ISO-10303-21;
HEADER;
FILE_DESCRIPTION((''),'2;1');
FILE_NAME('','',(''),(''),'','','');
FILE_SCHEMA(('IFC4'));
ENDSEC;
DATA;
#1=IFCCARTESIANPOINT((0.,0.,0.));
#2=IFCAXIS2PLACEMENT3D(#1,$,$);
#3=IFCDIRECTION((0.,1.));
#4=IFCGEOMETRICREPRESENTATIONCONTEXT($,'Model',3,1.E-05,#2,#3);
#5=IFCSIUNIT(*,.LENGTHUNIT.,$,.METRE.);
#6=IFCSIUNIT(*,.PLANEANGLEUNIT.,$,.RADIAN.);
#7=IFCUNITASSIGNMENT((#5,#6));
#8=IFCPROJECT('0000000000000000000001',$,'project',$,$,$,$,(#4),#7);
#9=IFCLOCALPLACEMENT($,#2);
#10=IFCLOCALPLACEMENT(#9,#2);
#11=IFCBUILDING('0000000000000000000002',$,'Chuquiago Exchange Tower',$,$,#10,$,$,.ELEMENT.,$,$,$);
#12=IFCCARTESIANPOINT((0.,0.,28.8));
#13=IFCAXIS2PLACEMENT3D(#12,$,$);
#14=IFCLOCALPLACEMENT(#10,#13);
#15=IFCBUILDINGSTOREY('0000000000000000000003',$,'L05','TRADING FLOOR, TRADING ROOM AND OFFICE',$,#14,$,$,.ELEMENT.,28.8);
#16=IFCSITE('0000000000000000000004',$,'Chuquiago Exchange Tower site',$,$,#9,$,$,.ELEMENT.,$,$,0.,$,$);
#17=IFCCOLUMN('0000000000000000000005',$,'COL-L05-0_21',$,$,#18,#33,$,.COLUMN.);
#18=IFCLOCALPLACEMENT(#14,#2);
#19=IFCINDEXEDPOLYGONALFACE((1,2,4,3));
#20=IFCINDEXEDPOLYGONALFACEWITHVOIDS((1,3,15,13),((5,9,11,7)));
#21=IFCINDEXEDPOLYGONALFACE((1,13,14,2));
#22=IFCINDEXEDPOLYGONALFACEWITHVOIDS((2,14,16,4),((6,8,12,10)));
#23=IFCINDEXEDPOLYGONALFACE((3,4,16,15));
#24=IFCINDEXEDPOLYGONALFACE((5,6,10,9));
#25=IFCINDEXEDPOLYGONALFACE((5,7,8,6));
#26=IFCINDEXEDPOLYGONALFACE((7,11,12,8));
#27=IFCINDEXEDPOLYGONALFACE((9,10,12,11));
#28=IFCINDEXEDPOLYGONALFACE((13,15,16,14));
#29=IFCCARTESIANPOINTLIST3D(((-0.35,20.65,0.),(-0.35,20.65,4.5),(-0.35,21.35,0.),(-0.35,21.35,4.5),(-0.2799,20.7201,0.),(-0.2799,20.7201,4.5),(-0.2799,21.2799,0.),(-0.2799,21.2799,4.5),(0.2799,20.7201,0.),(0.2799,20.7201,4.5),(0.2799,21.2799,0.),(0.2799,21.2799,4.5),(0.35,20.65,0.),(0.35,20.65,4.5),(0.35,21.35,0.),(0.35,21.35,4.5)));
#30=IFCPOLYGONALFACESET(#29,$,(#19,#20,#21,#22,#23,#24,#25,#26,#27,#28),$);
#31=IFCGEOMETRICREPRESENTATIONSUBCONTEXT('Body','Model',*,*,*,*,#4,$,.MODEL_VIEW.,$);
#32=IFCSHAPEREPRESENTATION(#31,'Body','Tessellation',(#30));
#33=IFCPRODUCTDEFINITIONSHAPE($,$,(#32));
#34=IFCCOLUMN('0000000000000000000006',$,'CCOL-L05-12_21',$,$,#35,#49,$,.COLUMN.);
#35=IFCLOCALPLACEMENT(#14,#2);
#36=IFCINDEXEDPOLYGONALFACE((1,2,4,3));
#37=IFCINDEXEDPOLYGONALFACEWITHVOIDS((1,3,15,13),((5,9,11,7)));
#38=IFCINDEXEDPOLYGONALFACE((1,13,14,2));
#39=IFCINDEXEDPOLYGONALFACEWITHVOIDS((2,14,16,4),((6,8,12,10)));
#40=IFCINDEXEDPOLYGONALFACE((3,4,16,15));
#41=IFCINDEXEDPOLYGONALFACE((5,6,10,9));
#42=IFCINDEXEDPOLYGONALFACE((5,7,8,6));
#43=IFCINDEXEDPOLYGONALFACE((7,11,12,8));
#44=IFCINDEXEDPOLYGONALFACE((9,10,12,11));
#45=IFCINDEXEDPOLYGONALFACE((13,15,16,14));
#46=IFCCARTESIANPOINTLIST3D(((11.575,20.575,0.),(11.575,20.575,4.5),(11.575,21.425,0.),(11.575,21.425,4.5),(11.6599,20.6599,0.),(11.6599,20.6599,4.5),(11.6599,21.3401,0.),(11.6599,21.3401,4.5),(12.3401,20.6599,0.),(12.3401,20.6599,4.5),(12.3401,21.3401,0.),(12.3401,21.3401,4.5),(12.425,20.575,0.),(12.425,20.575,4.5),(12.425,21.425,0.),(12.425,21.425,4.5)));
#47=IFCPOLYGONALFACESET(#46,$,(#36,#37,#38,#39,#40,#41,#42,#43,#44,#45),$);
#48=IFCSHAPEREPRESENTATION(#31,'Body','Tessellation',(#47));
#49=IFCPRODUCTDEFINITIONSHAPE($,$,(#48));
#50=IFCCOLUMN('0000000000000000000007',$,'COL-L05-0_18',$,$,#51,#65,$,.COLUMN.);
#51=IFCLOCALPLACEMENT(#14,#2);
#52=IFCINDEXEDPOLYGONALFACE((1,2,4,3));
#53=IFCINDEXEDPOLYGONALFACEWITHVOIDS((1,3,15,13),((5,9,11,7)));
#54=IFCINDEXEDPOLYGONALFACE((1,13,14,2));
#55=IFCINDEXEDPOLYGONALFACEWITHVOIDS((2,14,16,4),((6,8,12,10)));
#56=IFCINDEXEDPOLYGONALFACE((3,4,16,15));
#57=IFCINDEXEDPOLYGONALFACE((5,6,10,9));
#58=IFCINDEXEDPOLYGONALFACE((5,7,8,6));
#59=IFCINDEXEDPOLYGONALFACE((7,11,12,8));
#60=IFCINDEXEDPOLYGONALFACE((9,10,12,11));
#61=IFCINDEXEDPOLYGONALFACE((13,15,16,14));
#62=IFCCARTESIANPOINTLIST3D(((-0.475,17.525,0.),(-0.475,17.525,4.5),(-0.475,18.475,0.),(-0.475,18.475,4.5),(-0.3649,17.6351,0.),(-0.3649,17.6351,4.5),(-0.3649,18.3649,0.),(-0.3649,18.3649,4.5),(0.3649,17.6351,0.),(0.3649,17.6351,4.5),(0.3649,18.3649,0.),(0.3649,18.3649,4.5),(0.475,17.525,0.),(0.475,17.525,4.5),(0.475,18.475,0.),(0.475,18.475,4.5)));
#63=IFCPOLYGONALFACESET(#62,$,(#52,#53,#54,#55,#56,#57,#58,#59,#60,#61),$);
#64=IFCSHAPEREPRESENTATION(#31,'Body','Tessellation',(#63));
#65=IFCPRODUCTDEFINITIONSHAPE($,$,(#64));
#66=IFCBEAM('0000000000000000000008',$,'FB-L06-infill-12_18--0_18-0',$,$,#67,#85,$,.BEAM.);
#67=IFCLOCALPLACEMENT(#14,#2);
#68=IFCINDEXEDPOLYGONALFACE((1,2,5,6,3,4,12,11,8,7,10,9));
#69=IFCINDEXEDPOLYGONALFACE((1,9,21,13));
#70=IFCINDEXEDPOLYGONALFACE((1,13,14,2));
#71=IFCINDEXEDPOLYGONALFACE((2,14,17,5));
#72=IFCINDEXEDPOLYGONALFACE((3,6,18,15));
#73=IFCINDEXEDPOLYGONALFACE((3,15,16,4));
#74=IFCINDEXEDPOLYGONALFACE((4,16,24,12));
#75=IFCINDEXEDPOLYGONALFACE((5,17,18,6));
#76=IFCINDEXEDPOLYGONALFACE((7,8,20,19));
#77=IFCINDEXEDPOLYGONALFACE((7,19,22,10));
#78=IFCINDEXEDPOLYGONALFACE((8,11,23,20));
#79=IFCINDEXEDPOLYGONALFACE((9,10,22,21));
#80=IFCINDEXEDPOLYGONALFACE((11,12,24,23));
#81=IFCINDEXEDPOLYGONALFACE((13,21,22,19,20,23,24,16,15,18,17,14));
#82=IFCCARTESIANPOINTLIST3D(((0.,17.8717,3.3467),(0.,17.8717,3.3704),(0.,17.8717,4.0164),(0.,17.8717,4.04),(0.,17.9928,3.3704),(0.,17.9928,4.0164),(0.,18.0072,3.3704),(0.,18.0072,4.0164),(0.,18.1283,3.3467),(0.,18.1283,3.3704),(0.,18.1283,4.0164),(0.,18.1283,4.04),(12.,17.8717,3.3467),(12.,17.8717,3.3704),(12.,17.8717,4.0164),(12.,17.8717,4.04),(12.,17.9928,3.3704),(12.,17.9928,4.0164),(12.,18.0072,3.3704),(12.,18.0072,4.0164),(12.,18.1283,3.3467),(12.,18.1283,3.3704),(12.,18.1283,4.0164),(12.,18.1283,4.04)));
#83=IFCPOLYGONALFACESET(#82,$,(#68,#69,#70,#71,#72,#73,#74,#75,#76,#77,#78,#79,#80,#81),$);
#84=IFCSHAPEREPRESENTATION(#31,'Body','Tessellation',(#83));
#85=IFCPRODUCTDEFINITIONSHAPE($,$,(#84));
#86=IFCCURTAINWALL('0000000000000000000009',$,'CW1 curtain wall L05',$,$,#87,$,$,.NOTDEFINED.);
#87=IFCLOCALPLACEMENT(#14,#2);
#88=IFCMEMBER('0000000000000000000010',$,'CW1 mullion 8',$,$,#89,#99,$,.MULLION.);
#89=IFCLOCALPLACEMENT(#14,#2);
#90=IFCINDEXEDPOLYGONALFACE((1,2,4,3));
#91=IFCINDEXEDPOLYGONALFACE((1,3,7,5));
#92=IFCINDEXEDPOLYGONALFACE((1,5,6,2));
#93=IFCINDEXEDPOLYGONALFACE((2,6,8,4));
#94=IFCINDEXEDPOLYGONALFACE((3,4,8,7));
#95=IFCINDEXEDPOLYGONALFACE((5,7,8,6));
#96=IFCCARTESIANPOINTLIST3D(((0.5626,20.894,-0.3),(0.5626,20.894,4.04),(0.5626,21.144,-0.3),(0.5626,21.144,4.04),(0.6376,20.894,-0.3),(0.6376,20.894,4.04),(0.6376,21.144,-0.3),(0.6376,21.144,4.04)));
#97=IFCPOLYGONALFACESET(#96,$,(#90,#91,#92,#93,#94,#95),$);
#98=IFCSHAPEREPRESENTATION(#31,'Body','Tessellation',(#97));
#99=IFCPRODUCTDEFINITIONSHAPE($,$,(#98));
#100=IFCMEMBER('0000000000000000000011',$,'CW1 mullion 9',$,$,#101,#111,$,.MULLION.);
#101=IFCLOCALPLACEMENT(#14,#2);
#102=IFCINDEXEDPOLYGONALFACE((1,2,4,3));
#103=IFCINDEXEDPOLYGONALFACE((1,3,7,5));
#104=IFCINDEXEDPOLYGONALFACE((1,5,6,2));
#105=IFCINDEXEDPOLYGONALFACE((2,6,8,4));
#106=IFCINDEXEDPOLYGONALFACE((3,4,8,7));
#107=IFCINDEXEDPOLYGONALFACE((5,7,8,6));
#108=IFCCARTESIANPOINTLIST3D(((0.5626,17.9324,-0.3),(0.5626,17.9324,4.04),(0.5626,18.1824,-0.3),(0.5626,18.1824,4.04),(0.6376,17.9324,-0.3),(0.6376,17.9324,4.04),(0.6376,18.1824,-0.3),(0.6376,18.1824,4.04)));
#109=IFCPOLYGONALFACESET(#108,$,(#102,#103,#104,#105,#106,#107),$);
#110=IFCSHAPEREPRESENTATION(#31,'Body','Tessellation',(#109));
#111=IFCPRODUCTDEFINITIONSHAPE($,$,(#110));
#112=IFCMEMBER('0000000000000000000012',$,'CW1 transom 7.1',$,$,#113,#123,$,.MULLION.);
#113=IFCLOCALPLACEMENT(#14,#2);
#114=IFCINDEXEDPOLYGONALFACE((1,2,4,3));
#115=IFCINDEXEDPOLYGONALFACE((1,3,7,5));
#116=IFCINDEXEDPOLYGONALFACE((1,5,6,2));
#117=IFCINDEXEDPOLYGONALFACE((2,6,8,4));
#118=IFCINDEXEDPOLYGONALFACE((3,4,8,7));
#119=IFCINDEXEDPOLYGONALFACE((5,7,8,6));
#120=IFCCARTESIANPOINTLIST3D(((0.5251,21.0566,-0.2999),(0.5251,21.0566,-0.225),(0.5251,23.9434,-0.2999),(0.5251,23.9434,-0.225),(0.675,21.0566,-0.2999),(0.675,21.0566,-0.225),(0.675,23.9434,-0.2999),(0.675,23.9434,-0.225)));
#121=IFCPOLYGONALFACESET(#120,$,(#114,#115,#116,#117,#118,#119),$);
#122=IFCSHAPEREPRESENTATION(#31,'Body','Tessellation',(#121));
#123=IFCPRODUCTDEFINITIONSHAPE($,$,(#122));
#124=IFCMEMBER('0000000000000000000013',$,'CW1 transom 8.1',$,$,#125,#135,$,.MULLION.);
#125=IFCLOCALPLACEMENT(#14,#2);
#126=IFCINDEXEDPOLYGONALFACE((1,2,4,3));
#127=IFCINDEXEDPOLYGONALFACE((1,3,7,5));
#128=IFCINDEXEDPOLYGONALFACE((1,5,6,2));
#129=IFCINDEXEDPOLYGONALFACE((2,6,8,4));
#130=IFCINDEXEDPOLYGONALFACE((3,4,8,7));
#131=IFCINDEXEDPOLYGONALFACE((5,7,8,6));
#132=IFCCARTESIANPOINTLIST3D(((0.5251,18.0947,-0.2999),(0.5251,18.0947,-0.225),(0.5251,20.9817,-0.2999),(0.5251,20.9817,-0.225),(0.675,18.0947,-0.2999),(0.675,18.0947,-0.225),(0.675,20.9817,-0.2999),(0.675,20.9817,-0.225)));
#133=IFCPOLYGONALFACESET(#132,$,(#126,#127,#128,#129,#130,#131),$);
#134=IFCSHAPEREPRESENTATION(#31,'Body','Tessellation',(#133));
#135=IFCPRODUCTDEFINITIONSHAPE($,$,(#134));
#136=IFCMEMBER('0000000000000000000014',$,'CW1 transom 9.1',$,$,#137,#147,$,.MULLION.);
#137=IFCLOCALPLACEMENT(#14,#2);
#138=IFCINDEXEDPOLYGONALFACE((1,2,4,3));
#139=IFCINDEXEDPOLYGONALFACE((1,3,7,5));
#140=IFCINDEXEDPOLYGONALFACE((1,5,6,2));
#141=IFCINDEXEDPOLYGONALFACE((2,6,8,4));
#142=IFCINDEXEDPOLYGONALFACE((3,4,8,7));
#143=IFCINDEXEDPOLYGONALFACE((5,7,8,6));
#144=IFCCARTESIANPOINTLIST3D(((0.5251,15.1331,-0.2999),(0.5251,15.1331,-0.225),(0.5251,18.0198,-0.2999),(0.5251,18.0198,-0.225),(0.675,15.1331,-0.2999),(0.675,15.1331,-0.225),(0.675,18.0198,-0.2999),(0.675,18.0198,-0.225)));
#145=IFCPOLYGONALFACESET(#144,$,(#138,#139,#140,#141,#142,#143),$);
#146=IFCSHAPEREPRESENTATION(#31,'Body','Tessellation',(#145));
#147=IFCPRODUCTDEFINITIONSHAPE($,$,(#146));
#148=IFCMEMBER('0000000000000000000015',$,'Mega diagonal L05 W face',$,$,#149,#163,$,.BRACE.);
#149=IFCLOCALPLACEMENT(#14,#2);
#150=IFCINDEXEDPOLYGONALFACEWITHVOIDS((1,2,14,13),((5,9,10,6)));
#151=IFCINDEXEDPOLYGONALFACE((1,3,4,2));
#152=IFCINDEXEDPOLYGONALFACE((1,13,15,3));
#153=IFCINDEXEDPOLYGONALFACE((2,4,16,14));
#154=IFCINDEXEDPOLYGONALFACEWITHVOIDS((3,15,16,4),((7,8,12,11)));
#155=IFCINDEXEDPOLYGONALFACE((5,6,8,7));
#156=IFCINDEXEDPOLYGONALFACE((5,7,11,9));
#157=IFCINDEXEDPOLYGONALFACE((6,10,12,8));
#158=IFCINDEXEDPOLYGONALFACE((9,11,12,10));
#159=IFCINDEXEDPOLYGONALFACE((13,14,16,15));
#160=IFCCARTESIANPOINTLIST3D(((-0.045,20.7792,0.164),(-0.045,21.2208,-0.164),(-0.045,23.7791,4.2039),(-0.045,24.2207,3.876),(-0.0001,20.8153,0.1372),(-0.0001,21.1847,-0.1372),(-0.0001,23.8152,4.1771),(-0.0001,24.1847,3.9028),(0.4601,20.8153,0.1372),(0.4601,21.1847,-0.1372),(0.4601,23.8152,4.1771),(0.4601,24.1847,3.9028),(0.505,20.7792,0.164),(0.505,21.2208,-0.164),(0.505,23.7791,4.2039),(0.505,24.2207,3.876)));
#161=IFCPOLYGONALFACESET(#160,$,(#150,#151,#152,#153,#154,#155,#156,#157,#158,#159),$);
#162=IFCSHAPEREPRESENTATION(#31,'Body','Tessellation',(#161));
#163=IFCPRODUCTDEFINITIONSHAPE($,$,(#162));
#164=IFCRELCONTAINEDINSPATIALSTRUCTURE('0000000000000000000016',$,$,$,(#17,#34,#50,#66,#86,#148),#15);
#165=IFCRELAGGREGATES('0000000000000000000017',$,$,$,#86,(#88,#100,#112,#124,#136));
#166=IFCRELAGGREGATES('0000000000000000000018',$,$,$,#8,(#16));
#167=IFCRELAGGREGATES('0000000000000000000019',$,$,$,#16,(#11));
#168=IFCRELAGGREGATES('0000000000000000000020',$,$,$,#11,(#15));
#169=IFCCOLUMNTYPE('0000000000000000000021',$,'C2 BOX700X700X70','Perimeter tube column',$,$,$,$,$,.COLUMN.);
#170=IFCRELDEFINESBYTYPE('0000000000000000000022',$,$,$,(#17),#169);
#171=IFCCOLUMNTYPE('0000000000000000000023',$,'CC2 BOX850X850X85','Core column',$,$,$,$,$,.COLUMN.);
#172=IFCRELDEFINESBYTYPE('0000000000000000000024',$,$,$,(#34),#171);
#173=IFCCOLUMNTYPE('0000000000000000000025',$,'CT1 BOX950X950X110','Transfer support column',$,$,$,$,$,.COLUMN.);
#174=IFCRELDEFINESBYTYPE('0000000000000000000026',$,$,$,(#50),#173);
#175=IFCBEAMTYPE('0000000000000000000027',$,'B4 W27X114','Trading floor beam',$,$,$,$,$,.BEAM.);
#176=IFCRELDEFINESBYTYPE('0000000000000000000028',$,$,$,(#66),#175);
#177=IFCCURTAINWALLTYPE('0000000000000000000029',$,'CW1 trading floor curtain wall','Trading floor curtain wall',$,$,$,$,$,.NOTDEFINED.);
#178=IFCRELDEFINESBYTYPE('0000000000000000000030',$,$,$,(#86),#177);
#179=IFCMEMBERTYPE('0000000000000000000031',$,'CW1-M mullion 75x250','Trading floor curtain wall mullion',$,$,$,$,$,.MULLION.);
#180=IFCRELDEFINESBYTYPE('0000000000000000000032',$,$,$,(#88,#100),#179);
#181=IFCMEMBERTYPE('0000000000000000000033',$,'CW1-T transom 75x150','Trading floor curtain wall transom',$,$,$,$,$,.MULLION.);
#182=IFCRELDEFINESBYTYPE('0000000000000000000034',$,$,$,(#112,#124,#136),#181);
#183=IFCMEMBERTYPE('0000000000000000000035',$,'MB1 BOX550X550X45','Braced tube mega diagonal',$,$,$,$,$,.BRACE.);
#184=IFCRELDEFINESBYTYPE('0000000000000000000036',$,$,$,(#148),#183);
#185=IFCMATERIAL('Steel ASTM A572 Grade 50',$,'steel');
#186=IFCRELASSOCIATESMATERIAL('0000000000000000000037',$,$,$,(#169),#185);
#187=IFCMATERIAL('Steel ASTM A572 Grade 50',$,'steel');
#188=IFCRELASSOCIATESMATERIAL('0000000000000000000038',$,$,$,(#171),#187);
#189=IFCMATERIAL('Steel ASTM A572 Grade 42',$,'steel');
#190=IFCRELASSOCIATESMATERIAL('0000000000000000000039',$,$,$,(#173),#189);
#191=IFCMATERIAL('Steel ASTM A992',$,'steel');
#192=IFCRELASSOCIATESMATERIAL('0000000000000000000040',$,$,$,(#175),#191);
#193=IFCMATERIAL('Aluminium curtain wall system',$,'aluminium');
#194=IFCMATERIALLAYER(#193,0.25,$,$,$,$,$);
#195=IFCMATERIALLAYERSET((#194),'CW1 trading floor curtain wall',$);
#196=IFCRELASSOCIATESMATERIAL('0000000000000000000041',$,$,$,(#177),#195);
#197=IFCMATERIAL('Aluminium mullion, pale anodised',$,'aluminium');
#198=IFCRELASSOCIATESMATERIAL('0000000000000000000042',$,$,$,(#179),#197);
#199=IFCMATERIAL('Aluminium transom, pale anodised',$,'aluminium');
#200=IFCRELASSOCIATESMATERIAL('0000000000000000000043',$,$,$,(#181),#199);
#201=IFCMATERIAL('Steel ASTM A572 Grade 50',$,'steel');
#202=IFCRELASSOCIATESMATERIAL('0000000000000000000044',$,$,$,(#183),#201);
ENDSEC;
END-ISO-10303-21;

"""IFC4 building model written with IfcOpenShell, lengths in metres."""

from ifc_helpers import new_model, si_unit, direction, frame, origin, origin_2d, place, context, subcontext, project, spatial, rectangle, hollow_rectangle, i_section, extrude, material, layer, layer_set, material_profile, profile_set, type_object, element, aggregate, save


model = new_model("IFC4")

# Units and contexts
model_context = context("Model", 3, precision=1e-05, world=origin(), true_north=direction((0.0, 1.0)))
body_context = subcontext(model_context, "Body", "Model", "MODEL_VIEW")
ifc_project = project(units=[si_unit("LENGTHUNIT", "METRE"), si_unit("PLANEANGLEUNIT", "RADIAN")], contexts=[model_context])

# Site, building, storey
site_placement = place(None, origin())
site = spatial("IfcSite", under=ifc_project, at=site_placement, Name="Chuquiago Exchange Tower site", CompositionType="ELEMENT", RefElevation=0.0)
building_placement = place(site_placement, origin())
building = spatial("IfcBuilding", under=site, at=building_placement, Name="Chuquiago Exchange Tower", CompositionType="ELEMENT")
storey_placement = place(building_placement, frame((0.0, 0.0, 28.8)))
storey = spatial("IfcBuildingStorey", under=building, at=storey_placement, Name="L05", Description="TRADING FLOOR, TRADING ROOM AND OFFICE", CompositionType="ELEMENT", Elevation=28.8)

# Columns
ifc_material_1 = material(Name="Steel ASTM A572 Grade 50", Category="steel")
ifc_material_profile_1 = material_profile(ifc_material_1, hollow_rectangle(XDim=0.7, YDim=0.7, WallThickness=0.0701, at=origin_2d()), Name="BOX700X700X70")
ifc_profile_set_1 = profile_set([ifc_material_profile_1], Name="Steel ASTM A572 Grade 50")
column_type_1 = type_object("IfcColumnType", Name="C2 BOX700X700X70", Description="Perimeter tube column", PredefinedType="COLUMN", material=ifc_profile_set_1)
column_1_placement = place(storey_placement, frame((0.0, 21.0, 0.0), z_axis=(0.0, 0.0, 1.0), x_axis=(-1.0, 0.0, 0.0)))
element("IfcColumn", 1, at=column_1_placement, inside=storey, type_object=column_type_1, Name="COL-L05-0_21", PredefinedType="COLUMN", context=body_context, shape_type="SweptSolid", body=[
    extrude(hollow_rectangle(XDim=0.7, YDim=0.7, WallThickness=0.0701, at=origin_2d()), origin(), (0.0, 0.0, 1.0), 4.5),
])
ifc_material_2 = material(Name="Steel ASTM A572 Grade 50", Category="steel")
ifc_material_profile_2 = material_profile(ifc_material_2, hollow_rectangle(XDim=0.8501, YDim=0.8501, WallThickness=0.085, at=origin_2d()), Name="BOX850X850X85")
ifc_profile_set_2 = profile_set([ifc_material_profile_2], Name="Steel ASTM A572 Grade 50")
column_type_2 = type_object("IfcColumnType", Name="CC2 BOX850X850X85", Description="Core column", PredefinedType="COLUMN", material=ifc_profile_set_2)
column_2_placement = place(storey_placement, frame((12.0, 21.0, 0.0), z_axis=(0.0, 0.0, 1.0), x_axis=(1.0, 0.0, 0.0)))
element("IfcColumn", 2, at=column_2_placement, inside=storey, type_object=column_type_2, Name="CCOL-L05-12_21", PredefinedType="COLUMN", context=body_context, shape_type="SweptSolid", body=[
    extrude(hollow_rectangle(XDim=0.8501, YDim=0.8501, WallThickness=0.085, at=origin_2d()), origin(), (0.0, 0.0, 1.0), 4.5),
])
ifc_material_3 = material(Name="Steel ASTM A572 Grade 42", Category="steel")
ifc_material_profile_3 = material_profile(ifc_material_3, hollow_rectangle(XDim=0.95, YDim=0.95, WallThickness=0.1101, at=origin_2d()), Name="BOX950X950X110")
ifc_profile_set_3 = profile_set([ifc_material_profile_3], Name="Steel ASTM A572 Grade 42")
column_type_3 = type_object("IfcColumnType", Name="CT1 BOX950X950X110", Description="Transfer support column", PredefinedType="COLUMN", material=ifc_profile_set_3)
column_3_placement = place(storey_placement, frame((0.0, 18.0, 0.0), z_axis=(0.0, 0.0, 1.0), x_axis=(-1.0, 0.0, 0.0)))
element("IfcColumn", 3, at=column_3_placement, inside=storey, type_object=column_type_3, Name="COL-L05-0_18", PredefinedType="COLUMN", context=body_context, shape_type="SweptSolid", body=[
    extrude(hollow_rectangle(XDim=0.95, YDim=0.95, WallThickness=0.1101, at=origin_2d()), origin(), (0.0, 0.0, 1.0), 4.5),
])

# Beam
ifc_material_4 = material(Name="Steel ASTM A992", Category="steel")
ifc_material_profile_4 = material_profile(ifc_material_4, i_section(OverallWidth=0.2566, OverallDepth=0.6934, WebThickness=0.0144, FlangeThickness=0.0237, at=origin_2d()), Name="W27X114")
ifc_profile_set_4 = profile_set([ifc_material_profile_4], Name="Steel ASTM A992")
beam_type_1 = type_object("IfcBeamType", Name="B4 W27X114", Description="Trading floor beam", PredefinedType="BEAM", material=ifc_profile_set_4)
beam_placement = place(storey_placement, frame((12.0, 18.0, 3.6934), z_axis=(-1.0, 0.0, 0.0), x_axis=(0.0, -1.0, 0.0)))
element("IfcBeam", 4, at=beam_placement, inside=storey, type_object=beam_type_1, Name="FB-L06-infill-12_18--0_18-0", PredefinedType="BEAM", context=body_context, shape_type="SweptSolid", body=[
    extrude(i_section(OverallWidth=0.2566, OverallDepth=0.6934, WebThickness=0.0144, FlangeThickness=0.0237, at=origin_2d()), origin(), (0.0, 0.0, 1.0), 12.0),
])

# Curtain wall, members
ifc_material_5 = material(Name="Aluminium curtain wall system", Category="aluminium")
ifc_layer_1 = layer(ifc_material_5, 0.25)
ifc_layer_set_1 = layer_set([ifc_layer_1], Name="CW1 trading floor curtain wall")
curtain_wall_type = type_object("IfcCurtainWallType", Name="CW1 trading floor curtain wall", Description="Trading floor curtain wall", PredefinedType="NOTDEFINED", material=ifc_layer_set_1)
curtain_wall_placement = place(storey_placement, origin())
curtain_wall = element("IfcCurtainWall", 5, at=curtain_wall_placement, inside=storey, type_object=curtain_wall_type, Name="CW1 curtain wall L05", PredefinedType="NOTDEFINED")
ifc_material_6 = material(Name="Aluminium mullion, pale anodised", Category="aluminium")
ifc_material_profile_5 = material_profile(ifc_material_6, rectangle(XDim=0.075, YDim=0.25, at=origin_2d()), Name="AL 75x250")
ifc_profile_set_5 = profile_set([ifc_material_profile_5], Name="Aluminium mullion, pale anodised")
member_type_1 = type_object("IfcMemberType", Name="CW1-M mullion 75x250", Description="Trading floor curtain wall mullion", PredefinedType="MULLION", material=ifc_profile_set_5)
member_1_placement = place(storey_placement, frame((0.6001, 21.019, -0.3), z_axis=(0.0, 0.0, 1.0), x_axis=(1.0, 0.0, 0.0)))
member_1 = element("IfcMember", 6, at=member_1_placement, type_object=member_type_1, Name="CW1 mullion 8", PredefinedType="MULLION", context=body_context, shape_type="SweptSolid", body=[
    extrude(rectangle(XDim=0.075, YDim=0.25, at=origin_2d()), origin(), (0.0, 0.0, 1.0), 4.3401),
])
member_2_placement = place(storey_placement, frame((0.6001, 18.0574, -0.3), z_axis=(0.0, 0.0, 1.0), x_axis=(1.0, 0.0, 0.0)))
member_2 = element("IfcMember", 7, at=member_2_placement, type_object=member_type_1, Name="CW1 mullion 9", PredefinedType="MULLION", context=body_context, shape_type="SweptSolid", body=[
    extrude(rectangle(XDim=0.075, YDim=0.25, at=origin_2d()), origin(), (0.0, 0.0, 1.0), 4.3401),
])
ifc_material_7 = material(Name="Aluminium transom, pale anodised", Category="aluminium")
ifc_material_profile_6 = material_profile(ifc_material_7, rectangle(XDim=0.1499, YDim=0.075, at=origin_2d()), Name="AL 150x75")
ifc_profile_set_6 = profile_set([ifc_material_profile_6], Name="Aluminium transom, pale anodised")
member_type_2 = type_object("IfcMemberType", Name="CW1-T transom 75x150", Description="Trading floor curtain wall transom", PredefinedType="MULLION", material=ifc_profile_set_6)
member_3_placement = place(storey_placement, frame((0.6001, 23.9434, -0.2625), z_axis=(0.0, -1.0, 0.0), x_axis=(1.0, 0.0, 0.0)))
member_3 = element("IfcMember", 8, at=member_3_placement, type_object=member_type_2, Name="CW1 transom 7.1", PredefinedType="MULLION", context=body_context, shape_type="SweptSolid", body=[
    extrude(rectangle(XDim=0.1499, YDim=0.075, at=origin_2d()), origin(), (0.0, 0.0, 1.0), 2.8867),
])
member_4_placement = place(storey_placement, frame((0.6001, 20.9817, -0.2625), z_axis=(0.0, -1.0, 0.0), x_axis=(1.0, 0.0, 0.0)))
member_4 = element("IfcMember", 9, at=member_4_placement, type_object=member_type_2, Name="CW1 transom 8.1", PredefinedType="MULLION", context=body_context, shape_type="SweptSolid", body=[
    extrude(rectangle(XDim=0.1499, YDim=0.075, at=origin_2d()), origin(), (0.0, 0.0, 1.0), 2.887),
])
member_5_placement = place(storey_placement, frame((0.6001, 18.0198, -0.2625), z_axis=(0.0, -1.0, 0.0), x_axis=(1.0, 0.0, 0.0)))
member_5 = element("IfcMember", 10, at=member_5_placement, type_object=member_type_2, Name="CW1 transom 9.1", PredefinedType="MULLION", context=body_context, shape_type="SweptSolid", body=[
    extrude(rectangle(XDim=0.1499, YDim=0.075, at=origin_2d()), origin(), (0.0, 0.0, 1.0), 2.8867),
])

# Member
ifc_material_8 = material(Name="Steel ASTM A572 Grade 50", Category="steel")
ifc_material_profile_7 = material_profile(ifc_material_8, hollow_rectangle(XDim=0.55, YDim=0.55, WallThickness=0.0449, at=origin_2d()), Name="BOX550X550X45")
ifc_profile_set_7 = profile_set([ifc_material_profile_7], Name="Steel ASTM A572 Grade 50")
member_type_3 = type_object("IfcMemberType", Name="MB1 BOX550X550X45", Description="Braced tube mega diagonal", PredefinedType="BRACE", material=ifc_profile_set_7)
member_6_placement = place(storey_placement, frame((0.23, 21.0, 0.0), z_axis=(0.0, 0.596174, 0.802855), x_axis=(-1.0, 0.0, 0.0)))
element("IfcMember", 11, at=member_6_placement, inside=storey, type_object=member_type_3, Name="Mega diagonal L05 W face", PredefinedType="BRACE", context=body_context, shape_type="SweptSolid", body=[
    extrude(hollow_rectangle(XDim=0.55, YDim=0.55, WallThickness=0.0449, at=origin_2d()), origin(), (0.0, 0.0, 1.0), 5.032),
])

aggregate(curtain_wall, [member_1, member_2, member_3, member_4, member_5])

save(model, "model.ifc")
